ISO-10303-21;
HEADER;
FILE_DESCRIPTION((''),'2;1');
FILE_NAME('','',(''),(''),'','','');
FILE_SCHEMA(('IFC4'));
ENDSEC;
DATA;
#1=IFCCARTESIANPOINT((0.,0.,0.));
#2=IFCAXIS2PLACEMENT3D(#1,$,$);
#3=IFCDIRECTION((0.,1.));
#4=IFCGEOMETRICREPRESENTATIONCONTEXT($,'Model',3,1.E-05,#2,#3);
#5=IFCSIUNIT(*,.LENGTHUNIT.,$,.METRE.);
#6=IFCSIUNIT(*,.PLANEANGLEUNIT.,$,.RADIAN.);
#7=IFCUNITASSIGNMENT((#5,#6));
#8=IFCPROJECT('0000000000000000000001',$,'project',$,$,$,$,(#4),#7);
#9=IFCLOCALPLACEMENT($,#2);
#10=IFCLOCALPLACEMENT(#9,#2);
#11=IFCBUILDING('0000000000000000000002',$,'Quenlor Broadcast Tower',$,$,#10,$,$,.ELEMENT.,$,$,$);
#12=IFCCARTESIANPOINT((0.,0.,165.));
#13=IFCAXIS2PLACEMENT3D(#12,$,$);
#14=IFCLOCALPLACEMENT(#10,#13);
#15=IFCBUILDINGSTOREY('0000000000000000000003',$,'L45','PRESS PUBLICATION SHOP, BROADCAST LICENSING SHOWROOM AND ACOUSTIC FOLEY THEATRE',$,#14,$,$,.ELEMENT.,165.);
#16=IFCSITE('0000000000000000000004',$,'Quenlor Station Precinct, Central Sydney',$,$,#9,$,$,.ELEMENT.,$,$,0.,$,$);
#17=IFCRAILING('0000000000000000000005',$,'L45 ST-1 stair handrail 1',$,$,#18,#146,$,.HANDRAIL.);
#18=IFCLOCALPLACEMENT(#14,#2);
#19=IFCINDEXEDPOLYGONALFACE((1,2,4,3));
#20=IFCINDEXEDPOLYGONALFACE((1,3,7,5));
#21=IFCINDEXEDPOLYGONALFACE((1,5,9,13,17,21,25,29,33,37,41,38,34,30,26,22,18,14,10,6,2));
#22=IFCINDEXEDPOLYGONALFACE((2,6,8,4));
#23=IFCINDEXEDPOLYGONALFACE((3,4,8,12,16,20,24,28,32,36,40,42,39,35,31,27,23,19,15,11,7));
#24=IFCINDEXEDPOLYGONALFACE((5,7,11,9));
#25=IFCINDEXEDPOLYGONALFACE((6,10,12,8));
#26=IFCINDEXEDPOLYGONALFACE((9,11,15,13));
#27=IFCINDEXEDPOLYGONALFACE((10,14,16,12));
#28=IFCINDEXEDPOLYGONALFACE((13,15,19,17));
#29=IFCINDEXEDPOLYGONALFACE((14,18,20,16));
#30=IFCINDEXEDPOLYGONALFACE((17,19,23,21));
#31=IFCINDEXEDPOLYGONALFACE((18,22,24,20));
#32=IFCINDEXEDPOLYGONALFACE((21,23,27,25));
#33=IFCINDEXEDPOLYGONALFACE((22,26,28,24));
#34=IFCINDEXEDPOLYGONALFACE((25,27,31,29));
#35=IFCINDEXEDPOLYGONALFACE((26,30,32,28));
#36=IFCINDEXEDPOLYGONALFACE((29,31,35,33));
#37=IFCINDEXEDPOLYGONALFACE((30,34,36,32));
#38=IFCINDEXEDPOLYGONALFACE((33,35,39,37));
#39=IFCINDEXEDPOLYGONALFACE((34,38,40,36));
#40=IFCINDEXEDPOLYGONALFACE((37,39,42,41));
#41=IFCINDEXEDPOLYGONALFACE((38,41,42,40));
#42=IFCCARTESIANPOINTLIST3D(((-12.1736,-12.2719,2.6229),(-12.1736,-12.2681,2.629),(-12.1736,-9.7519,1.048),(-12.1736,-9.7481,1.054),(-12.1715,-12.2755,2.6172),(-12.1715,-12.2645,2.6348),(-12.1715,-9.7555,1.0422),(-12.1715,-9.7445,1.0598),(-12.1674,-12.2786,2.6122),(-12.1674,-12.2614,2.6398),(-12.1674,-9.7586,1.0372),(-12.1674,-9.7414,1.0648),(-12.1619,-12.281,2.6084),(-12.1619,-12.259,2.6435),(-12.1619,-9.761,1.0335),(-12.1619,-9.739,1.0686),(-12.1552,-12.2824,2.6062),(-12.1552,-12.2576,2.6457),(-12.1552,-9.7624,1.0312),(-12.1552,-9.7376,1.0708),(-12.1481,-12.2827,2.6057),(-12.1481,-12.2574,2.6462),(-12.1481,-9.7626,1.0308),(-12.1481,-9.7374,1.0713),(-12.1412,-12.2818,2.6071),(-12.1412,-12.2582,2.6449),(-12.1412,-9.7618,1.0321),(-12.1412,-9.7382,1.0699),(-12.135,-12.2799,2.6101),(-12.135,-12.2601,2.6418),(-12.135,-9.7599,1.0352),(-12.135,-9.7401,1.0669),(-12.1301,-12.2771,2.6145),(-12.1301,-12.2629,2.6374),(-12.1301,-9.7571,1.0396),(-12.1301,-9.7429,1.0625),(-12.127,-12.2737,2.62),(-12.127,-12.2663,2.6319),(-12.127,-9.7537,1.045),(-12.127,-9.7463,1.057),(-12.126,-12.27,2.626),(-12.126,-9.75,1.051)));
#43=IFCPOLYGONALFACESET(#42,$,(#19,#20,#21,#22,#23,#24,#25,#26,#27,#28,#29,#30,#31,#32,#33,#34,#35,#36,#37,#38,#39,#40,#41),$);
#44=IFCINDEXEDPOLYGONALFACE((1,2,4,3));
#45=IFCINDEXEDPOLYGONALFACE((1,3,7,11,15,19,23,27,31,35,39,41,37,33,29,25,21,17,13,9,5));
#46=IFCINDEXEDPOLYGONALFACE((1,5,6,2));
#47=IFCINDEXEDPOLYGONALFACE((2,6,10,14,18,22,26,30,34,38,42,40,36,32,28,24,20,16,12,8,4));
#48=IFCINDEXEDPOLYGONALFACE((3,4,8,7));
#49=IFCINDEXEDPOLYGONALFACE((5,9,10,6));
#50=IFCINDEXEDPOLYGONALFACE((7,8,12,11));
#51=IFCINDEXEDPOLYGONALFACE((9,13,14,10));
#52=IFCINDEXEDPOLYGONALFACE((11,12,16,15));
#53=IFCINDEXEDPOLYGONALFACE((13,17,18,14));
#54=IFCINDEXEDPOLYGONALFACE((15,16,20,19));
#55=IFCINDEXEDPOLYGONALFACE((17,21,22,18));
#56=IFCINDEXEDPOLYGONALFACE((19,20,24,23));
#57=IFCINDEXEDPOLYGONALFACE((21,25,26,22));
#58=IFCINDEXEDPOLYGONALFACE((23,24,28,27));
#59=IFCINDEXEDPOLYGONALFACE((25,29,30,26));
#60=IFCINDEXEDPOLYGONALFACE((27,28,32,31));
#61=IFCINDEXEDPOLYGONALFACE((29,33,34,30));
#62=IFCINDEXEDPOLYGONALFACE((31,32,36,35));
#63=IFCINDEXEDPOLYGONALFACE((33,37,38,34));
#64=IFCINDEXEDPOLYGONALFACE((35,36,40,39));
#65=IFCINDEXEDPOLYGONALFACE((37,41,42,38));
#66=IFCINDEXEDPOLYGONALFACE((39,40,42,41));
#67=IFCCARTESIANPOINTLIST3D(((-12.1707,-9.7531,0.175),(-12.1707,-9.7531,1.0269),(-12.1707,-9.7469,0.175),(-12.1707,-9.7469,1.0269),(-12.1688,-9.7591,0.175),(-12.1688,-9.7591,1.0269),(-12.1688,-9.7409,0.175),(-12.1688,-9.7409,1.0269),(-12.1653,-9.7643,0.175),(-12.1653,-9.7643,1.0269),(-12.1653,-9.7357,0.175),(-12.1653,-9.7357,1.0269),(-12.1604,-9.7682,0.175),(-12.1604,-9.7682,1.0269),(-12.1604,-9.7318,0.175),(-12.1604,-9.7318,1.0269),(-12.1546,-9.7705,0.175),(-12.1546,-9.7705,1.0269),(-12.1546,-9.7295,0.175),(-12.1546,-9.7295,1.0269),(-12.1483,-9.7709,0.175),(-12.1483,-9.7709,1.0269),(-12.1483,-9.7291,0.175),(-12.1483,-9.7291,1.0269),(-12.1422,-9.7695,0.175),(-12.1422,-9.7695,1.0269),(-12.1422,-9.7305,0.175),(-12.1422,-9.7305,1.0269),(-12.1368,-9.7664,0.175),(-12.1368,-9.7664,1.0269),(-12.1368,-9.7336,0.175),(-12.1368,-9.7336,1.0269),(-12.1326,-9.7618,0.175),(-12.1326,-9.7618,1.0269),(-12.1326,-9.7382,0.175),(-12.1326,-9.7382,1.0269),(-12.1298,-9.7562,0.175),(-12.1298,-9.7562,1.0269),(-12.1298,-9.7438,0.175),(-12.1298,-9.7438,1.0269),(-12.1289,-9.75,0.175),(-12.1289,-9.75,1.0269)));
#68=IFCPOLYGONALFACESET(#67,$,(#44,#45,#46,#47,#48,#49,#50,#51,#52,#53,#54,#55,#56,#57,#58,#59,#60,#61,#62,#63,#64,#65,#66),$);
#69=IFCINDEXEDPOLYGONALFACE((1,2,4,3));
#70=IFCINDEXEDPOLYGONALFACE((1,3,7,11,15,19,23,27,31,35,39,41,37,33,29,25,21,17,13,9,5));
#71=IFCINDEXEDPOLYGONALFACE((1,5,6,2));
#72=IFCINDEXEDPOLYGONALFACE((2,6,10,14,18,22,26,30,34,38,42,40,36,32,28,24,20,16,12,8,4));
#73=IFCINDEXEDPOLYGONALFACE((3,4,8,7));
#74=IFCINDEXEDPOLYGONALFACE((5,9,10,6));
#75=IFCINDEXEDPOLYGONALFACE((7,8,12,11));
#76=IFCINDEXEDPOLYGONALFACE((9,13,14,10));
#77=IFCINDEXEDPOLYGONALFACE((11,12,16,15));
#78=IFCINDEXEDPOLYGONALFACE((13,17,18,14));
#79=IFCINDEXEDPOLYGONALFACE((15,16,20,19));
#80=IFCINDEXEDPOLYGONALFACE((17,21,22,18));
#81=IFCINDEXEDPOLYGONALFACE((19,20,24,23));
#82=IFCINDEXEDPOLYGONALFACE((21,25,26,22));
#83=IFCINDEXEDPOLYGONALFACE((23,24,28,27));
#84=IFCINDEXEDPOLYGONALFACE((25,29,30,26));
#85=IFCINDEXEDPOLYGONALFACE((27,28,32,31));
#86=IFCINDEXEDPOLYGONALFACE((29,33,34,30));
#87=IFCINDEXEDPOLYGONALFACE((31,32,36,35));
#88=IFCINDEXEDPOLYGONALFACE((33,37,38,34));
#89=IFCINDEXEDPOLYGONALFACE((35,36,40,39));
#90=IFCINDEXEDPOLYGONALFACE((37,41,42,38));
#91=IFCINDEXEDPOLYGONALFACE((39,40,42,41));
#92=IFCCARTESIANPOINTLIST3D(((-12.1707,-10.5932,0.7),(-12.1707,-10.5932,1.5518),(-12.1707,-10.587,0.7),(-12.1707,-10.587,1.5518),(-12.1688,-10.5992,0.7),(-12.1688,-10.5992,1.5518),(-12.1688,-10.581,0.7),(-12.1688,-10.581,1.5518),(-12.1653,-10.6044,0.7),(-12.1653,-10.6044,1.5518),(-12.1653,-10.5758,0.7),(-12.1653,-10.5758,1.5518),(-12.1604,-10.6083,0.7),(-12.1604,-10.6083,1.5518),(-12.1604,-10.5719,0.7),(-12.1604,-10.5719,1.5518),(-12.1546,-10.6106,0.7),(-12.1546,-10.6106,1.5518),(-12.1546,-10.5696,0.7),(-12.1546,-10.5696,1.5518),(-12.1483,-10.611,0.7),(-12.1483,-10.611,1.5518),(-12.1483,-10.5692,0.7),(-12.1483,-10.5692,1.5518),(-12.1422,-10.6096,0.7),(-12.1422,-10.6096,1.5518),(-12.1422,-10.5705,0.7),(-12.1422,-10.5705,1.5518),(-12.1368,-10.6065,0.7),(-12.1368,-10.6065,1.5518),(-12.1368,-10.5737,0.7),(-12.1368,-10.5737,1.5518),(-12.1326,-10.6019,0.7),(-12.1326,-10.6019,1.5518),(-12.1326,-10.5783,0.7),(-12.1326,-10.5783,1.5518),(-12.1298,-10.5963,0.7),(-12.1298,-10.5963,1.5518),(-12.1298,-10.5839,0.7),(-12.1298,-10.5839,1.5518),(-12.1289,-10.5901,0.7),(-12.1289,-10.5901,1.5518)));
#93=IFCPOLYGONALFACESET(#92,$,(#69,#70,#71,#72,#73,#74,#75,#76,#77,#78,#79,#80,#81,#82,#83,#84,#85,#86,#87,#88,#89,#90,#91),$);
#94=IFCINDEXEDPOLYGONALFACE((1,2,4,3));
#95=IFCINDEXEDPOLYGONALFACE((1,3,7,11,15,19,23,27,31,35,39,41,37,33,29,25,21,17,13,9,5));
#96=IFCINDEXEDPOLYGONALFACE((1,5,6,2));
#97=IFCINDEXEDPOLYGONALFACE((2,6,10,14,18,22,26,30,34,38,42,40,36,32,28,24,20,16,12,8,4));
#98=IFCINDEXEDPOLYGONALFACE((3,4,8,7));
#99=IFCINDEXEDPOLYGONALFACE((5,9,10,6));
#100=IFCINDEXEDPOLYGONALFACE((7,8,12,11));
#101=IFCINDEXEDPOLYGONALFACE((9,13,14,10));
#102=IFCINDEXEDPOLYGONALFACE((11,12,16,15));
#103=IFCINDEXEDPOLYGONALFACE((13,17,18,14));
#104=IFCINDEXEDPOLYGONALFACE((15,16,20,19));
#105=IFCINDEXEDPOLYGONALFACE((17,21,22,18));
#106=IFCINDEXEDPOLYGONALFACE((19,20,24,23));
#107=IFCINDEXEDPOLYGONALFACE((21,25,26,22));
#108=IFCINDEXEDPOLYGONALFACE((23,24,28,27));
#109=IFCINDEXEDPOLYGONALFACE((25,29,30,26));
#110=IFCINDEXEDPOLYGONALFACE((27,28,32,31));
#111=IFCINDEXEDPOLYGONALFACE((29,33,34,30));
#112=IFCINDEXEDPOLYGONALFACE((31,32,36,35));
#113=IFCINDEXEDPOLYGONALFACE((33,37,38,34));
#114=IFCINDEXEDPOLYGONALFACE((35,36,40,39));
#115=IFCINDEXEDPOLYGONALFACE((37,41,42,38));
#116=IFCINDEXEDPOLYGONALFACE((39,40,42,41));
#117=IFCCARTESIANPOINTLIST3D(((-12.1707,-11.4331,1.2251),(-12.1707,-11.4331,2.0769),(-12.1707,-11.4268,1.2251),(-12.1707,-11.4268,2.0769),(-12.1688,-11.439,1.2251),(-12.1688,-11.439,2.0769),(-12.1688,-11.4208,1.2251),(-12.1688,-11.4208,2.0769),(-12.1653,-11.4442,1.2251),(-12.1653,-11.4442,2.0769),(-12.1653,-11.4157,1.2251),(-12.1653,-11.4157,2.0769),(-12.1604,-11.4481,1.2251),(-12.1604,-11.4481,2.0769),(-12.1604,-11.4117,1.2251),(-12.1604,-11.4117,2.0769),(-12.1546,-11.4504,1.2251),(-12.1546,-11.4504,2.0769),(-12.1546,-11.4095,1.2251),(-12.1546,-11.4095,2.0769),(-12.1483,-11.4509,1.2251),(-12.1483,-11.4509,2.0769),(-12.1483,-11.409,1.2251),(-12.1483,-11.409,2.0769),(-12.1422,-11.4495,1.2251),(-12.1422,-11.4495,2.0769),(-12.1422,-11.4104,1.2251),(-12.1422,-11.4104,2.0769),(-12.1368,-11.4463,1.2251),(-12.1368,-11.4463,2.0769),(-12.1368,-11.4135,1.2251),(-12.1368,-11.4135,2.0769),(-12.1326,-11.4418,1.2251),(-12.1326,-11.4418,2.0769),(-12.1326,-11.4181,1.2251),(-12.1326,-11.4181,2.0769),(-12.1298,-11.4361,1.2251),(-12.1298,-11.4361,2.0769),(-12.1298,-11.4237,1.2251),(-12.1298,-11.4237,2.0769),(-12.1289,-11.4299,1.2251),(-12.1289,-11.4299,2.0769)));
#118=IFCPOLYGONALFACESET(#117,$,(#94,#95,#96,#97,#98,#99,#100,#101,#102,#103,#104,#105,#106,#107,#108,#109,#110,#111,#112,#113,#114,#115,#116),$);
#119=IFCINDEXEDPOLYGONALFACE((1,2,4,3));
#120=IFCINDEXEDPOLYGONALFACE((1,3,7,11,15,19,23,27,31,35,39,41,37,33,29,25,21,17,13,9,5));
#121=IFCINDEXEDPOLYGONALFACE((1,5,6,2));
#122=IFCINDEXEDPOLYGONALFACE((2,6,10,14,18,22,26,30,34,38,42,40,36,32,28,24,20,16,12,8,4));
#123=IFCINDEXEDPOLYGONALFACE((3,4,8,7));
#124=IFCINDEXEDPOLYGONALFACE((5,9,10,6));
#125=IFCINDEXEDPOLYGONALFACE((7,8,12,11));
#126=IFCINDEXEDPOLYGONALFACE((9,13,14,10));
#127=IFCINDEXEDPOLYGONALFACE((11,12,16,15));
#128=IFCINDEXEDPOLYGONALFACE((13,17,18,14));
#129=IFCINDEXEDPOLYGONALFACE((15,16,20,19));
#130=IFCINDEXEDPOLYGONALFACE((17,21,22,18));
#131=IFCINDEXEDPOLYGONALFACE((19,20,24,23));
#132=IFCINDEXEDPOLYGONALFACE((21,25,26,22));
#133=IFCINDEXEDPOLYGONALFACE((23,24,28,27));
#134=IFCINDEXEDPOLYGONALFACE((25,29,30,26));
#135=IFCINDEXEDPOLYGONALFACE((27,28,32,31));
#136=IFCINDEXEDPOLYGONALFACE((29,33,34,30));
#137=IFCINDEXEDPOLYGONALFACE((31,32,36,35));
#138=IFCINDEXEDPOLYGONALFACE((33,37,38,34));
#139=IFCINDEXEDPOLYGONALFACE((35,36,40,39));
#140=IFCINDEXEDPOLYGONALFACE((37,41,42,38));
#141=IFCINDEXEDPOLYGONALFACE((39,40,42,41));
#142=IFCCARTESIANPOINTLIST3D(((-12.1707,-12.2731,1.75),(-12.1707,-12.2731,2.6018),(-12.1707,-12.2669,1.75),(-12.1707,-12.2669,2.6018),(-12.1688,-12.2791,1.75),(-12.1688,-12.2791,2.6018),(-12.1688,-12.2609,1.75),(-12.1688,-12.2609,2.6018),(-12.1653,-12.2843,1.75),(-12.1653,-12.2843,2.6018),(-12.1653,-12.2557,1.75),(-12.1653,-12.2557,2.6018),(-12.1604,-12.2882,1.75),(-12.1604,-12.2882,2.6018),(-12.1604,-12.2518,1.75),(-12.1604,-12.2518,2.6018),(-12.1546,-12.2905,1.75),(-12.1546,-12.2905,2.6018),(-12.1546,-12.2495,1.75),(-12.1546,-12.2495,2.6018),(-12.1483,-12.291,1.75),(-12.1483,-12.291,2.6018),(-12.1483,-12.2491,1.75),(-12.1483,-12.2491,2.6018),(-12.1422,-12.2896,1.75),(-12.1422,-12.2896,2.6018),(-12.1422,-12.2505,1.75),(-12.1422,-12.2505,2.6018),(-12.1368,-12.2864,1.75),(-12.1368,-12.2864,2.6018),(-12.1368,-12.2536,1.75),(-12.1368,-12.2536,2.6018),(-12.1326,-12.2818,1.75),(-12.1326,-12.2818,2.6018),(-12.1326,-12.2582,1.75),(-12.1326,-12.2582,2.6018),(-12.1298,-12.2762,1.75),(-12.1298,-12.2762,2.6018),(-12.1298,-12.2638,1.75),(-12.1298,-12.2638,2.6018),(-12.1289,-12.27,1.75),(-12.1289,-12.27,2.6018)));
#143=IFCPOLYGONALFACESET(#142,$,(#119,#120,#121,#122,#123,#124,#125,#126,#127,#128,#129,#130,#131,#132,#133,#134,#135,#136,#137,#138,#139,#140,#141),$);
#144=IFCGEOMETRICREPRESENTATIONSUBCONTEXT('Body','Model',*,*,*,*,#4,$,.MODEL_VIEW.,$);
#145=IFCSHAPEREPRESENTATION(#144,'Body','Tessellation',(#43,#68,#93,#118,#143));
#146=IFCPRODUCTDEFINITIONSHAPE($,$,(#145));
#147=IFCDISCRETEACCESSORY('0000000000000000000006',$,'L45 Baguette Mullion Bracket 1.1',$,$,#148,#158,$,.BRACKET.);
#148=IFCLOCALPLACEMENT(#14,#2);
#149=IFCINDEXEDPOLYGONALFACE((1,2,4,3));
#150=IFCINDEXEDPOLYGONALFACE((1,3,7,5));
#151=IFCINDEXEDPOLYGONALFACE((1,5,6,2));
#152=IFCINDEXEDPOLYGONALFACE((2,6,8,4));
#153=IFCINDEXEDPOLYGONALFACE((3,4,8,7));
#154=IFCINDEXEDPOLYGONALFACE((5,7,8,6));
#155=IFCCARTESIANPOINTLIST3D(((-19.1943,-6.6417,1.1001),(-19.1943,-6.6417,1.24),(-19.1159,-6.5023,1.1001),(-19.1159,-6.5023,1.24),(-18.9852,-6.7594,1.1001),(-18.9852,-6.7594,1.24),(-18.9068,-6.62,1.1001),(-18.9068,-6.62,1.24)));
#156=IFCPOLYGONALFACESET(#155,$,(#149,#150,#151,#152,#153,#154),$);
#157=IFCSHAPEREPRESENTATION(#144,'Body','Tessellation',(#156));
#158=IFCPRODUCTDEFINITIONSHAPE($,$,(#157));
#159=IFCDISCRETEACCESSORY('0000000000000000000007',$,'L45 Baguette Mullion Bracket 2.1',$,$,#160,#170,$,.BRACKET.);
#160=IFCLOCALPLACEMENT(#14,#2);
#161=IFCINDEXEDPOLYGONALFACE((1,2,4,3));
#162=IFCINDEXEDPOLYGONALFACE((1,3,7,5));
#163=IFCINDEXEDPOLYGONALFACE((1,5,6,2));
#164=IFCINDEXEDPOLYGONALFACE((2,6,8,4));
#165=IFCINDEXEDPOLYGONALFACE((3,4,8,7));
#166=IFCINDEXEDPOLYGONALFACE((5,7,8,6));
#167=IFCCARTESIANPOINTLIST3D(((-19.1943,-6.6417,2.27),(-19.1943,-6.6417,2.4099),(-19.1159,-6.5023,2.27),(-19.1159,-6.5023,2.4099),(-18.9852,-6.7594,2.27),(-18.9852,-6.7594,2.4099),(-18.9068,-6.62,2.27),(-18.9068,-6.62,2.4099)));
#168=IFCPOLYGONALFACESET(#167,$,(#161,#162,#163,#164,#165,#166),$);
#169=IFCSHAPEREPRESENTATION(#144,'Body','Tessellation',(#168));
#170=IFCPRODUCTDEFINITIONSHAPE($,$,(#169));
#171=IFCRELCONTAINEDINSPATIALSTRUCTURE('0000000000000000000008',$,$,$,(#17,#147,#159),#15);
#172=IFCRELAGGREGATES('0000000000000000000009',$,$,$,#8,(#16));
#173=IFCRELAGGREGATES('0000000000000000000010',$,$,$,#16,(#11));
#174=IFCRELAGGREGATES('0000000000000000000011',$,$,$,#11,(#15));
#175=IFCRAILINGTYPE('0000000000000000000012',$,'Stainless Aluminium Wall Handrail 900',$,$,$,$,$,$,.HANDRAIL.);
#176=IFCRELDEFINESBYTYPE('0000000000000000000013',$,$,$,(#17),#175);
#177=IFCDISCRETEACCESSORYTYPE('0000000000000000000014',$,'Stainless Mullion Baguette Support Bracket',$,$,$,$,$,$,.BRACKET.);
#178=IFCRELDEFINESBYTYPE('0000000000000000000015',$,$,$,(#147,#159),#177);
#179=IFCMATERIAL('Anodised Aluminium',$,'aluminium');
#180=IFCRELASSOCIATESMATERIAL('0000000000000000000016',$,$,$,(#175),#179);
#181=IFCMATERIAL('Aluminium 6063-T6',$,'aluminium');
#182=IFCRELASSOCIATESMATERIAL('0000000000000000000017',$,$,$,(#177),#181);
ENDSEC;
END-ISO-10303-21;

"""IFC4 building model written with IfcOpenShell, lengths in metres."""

from ifc_helpers import new_model, si_unit, direction, frame, origin, origin_2d, place, context, subcontext, project, spatial, rectangle, circle, extrude, material, type_object, element, save


model = new_model("IFC4")

# Units and contexts
model_context = context("Model", 3, precision=1e-05, world=origin(), true_north=direction((0.0, 1.0)))
body_context = subcontext(model_context, "Body", "Model", "MODEL_VIEW")
ifc_project = project(units=[si_unit("LENGTHUNIT", "METRE"), si_unit("PLANEANGLEUNIT", "RADIAN")], contexts=[model_context])

# Site, building, storey
site_placement = place(None, origin())
site = spatial("IfcSite", under=ifc_project, at=site_placement, Name="Quenlor Station Precinct, Central Sydney", CompositionType="ELEMENT", RefElevation=0.0)
building_placement = place(site_placement, origin())
building = spatial("IfcBuilding", under=site, at=building_placement, Name="Quenlor Broadcast Tower", CompositionType="ELEMENT")
storey_placement = place(building_placement, frame((0.0, 0.0, 165.0)))
storey = spatial("IfcBuildingStorey", under=building, at=storey_placement, Name="L45", Description="PRESS PUBLICATION SHOP, BROADCAST LICENSING SHOWROOM AND ACOUSTIC FOLEY THEATRE", CompositionType="ELEMENT", Elevation=165.0)

# Railing
ifc_material_1 = material(Name="Anodised Aluminium", Category="aluminium")
railing_type = type_object("IfcRailingType", Name="Stainless Aluminium Wall Handrail 900", PredefinedType="HANDRAIL", material=ifc_material_1)
railing_placement = place(storey_placement, frame((-12.1499, -9.75, 0.175)))
element("IfcRailing", 1, at=railing_placement, inside=storey, type_object=railing_type, Name="L45 ST-1 stair handrail 1", PredefinedType="HANDRAIL", context=body_context, shape_type="SweptSolid", body=[
    extrude(circle(Radius=0.0239, at=origin_2d()), frame((0.0, 0.0, 0.876), z_axis=(0.0, -0.848008, 0.529984), x_axis=(1.0, 0.0, 0.0)), (0.0, 0.0, 1.0), 2.9717),
    extrude(circle(Radius=0.021, at=origin_2d()), origin(), (0.0, 0.0, 1.0), 0.8518),
    extrude(circle(Radius=0.021, at=origin_2d()), frame((0.0, -0.8401, 0.5249)), (0.0, 0.0, 1.0), 0.8518),
    extrude(circle(Radius=0.021, at=origin_2d()), frame((0.0, -1.6799, 1.05)), (0.0, 0.0, 1.0), 0.8518),
    extrude(circle(Radius=0.021, at=origin_2d()), frame((0.0, -2.52, 1.575)), (0.0, 0.0, 1.0), 0.8518),
])

# Discrete accessories
ifc_material_2 = material(Name="Aluminium 6063-T6", Category="aluminium")
discrete_accessory_type = type_object("IfcDiscreteAccessoryType", Name="Stainless Mullion Baguette Support Bracket", PredefinedType="BRACKET", material=ifc_material_2)
for number, where, z_axis, x_axis, name in (
    (2, (-19.0505, -6.6309, 1.1001), (0.0, 0.0, 1.0), (0.490259, 0.871577, 0.0), "L45 Baguette Mullion Bracket 1.1"),
    (3, (-19.0505, -6.6309, 2.27), (0.0, 0.0, 1.0), (0.490259, 0.871577, 0.0), "L45 Baguette Mullion Bracket 2.1"),
):
    element("IfcDiscreteAccessory", number, at=place(storey_placement, frame(where, z_axis=z_axis, x_axis=x_axis)), inside=storey, type_object=discrete_accessory_type, Name=name, PredefinedType="BRACKET", context=body_context, shape_type="SweptSolid", body=[
        extrude(rectangle(XDim=0.1599, YDim=0.24, at=origin_2d()), origin(), (0.0, 0.0, 1.0), 0.1399),
    ])

save(model, "model.ifc")
